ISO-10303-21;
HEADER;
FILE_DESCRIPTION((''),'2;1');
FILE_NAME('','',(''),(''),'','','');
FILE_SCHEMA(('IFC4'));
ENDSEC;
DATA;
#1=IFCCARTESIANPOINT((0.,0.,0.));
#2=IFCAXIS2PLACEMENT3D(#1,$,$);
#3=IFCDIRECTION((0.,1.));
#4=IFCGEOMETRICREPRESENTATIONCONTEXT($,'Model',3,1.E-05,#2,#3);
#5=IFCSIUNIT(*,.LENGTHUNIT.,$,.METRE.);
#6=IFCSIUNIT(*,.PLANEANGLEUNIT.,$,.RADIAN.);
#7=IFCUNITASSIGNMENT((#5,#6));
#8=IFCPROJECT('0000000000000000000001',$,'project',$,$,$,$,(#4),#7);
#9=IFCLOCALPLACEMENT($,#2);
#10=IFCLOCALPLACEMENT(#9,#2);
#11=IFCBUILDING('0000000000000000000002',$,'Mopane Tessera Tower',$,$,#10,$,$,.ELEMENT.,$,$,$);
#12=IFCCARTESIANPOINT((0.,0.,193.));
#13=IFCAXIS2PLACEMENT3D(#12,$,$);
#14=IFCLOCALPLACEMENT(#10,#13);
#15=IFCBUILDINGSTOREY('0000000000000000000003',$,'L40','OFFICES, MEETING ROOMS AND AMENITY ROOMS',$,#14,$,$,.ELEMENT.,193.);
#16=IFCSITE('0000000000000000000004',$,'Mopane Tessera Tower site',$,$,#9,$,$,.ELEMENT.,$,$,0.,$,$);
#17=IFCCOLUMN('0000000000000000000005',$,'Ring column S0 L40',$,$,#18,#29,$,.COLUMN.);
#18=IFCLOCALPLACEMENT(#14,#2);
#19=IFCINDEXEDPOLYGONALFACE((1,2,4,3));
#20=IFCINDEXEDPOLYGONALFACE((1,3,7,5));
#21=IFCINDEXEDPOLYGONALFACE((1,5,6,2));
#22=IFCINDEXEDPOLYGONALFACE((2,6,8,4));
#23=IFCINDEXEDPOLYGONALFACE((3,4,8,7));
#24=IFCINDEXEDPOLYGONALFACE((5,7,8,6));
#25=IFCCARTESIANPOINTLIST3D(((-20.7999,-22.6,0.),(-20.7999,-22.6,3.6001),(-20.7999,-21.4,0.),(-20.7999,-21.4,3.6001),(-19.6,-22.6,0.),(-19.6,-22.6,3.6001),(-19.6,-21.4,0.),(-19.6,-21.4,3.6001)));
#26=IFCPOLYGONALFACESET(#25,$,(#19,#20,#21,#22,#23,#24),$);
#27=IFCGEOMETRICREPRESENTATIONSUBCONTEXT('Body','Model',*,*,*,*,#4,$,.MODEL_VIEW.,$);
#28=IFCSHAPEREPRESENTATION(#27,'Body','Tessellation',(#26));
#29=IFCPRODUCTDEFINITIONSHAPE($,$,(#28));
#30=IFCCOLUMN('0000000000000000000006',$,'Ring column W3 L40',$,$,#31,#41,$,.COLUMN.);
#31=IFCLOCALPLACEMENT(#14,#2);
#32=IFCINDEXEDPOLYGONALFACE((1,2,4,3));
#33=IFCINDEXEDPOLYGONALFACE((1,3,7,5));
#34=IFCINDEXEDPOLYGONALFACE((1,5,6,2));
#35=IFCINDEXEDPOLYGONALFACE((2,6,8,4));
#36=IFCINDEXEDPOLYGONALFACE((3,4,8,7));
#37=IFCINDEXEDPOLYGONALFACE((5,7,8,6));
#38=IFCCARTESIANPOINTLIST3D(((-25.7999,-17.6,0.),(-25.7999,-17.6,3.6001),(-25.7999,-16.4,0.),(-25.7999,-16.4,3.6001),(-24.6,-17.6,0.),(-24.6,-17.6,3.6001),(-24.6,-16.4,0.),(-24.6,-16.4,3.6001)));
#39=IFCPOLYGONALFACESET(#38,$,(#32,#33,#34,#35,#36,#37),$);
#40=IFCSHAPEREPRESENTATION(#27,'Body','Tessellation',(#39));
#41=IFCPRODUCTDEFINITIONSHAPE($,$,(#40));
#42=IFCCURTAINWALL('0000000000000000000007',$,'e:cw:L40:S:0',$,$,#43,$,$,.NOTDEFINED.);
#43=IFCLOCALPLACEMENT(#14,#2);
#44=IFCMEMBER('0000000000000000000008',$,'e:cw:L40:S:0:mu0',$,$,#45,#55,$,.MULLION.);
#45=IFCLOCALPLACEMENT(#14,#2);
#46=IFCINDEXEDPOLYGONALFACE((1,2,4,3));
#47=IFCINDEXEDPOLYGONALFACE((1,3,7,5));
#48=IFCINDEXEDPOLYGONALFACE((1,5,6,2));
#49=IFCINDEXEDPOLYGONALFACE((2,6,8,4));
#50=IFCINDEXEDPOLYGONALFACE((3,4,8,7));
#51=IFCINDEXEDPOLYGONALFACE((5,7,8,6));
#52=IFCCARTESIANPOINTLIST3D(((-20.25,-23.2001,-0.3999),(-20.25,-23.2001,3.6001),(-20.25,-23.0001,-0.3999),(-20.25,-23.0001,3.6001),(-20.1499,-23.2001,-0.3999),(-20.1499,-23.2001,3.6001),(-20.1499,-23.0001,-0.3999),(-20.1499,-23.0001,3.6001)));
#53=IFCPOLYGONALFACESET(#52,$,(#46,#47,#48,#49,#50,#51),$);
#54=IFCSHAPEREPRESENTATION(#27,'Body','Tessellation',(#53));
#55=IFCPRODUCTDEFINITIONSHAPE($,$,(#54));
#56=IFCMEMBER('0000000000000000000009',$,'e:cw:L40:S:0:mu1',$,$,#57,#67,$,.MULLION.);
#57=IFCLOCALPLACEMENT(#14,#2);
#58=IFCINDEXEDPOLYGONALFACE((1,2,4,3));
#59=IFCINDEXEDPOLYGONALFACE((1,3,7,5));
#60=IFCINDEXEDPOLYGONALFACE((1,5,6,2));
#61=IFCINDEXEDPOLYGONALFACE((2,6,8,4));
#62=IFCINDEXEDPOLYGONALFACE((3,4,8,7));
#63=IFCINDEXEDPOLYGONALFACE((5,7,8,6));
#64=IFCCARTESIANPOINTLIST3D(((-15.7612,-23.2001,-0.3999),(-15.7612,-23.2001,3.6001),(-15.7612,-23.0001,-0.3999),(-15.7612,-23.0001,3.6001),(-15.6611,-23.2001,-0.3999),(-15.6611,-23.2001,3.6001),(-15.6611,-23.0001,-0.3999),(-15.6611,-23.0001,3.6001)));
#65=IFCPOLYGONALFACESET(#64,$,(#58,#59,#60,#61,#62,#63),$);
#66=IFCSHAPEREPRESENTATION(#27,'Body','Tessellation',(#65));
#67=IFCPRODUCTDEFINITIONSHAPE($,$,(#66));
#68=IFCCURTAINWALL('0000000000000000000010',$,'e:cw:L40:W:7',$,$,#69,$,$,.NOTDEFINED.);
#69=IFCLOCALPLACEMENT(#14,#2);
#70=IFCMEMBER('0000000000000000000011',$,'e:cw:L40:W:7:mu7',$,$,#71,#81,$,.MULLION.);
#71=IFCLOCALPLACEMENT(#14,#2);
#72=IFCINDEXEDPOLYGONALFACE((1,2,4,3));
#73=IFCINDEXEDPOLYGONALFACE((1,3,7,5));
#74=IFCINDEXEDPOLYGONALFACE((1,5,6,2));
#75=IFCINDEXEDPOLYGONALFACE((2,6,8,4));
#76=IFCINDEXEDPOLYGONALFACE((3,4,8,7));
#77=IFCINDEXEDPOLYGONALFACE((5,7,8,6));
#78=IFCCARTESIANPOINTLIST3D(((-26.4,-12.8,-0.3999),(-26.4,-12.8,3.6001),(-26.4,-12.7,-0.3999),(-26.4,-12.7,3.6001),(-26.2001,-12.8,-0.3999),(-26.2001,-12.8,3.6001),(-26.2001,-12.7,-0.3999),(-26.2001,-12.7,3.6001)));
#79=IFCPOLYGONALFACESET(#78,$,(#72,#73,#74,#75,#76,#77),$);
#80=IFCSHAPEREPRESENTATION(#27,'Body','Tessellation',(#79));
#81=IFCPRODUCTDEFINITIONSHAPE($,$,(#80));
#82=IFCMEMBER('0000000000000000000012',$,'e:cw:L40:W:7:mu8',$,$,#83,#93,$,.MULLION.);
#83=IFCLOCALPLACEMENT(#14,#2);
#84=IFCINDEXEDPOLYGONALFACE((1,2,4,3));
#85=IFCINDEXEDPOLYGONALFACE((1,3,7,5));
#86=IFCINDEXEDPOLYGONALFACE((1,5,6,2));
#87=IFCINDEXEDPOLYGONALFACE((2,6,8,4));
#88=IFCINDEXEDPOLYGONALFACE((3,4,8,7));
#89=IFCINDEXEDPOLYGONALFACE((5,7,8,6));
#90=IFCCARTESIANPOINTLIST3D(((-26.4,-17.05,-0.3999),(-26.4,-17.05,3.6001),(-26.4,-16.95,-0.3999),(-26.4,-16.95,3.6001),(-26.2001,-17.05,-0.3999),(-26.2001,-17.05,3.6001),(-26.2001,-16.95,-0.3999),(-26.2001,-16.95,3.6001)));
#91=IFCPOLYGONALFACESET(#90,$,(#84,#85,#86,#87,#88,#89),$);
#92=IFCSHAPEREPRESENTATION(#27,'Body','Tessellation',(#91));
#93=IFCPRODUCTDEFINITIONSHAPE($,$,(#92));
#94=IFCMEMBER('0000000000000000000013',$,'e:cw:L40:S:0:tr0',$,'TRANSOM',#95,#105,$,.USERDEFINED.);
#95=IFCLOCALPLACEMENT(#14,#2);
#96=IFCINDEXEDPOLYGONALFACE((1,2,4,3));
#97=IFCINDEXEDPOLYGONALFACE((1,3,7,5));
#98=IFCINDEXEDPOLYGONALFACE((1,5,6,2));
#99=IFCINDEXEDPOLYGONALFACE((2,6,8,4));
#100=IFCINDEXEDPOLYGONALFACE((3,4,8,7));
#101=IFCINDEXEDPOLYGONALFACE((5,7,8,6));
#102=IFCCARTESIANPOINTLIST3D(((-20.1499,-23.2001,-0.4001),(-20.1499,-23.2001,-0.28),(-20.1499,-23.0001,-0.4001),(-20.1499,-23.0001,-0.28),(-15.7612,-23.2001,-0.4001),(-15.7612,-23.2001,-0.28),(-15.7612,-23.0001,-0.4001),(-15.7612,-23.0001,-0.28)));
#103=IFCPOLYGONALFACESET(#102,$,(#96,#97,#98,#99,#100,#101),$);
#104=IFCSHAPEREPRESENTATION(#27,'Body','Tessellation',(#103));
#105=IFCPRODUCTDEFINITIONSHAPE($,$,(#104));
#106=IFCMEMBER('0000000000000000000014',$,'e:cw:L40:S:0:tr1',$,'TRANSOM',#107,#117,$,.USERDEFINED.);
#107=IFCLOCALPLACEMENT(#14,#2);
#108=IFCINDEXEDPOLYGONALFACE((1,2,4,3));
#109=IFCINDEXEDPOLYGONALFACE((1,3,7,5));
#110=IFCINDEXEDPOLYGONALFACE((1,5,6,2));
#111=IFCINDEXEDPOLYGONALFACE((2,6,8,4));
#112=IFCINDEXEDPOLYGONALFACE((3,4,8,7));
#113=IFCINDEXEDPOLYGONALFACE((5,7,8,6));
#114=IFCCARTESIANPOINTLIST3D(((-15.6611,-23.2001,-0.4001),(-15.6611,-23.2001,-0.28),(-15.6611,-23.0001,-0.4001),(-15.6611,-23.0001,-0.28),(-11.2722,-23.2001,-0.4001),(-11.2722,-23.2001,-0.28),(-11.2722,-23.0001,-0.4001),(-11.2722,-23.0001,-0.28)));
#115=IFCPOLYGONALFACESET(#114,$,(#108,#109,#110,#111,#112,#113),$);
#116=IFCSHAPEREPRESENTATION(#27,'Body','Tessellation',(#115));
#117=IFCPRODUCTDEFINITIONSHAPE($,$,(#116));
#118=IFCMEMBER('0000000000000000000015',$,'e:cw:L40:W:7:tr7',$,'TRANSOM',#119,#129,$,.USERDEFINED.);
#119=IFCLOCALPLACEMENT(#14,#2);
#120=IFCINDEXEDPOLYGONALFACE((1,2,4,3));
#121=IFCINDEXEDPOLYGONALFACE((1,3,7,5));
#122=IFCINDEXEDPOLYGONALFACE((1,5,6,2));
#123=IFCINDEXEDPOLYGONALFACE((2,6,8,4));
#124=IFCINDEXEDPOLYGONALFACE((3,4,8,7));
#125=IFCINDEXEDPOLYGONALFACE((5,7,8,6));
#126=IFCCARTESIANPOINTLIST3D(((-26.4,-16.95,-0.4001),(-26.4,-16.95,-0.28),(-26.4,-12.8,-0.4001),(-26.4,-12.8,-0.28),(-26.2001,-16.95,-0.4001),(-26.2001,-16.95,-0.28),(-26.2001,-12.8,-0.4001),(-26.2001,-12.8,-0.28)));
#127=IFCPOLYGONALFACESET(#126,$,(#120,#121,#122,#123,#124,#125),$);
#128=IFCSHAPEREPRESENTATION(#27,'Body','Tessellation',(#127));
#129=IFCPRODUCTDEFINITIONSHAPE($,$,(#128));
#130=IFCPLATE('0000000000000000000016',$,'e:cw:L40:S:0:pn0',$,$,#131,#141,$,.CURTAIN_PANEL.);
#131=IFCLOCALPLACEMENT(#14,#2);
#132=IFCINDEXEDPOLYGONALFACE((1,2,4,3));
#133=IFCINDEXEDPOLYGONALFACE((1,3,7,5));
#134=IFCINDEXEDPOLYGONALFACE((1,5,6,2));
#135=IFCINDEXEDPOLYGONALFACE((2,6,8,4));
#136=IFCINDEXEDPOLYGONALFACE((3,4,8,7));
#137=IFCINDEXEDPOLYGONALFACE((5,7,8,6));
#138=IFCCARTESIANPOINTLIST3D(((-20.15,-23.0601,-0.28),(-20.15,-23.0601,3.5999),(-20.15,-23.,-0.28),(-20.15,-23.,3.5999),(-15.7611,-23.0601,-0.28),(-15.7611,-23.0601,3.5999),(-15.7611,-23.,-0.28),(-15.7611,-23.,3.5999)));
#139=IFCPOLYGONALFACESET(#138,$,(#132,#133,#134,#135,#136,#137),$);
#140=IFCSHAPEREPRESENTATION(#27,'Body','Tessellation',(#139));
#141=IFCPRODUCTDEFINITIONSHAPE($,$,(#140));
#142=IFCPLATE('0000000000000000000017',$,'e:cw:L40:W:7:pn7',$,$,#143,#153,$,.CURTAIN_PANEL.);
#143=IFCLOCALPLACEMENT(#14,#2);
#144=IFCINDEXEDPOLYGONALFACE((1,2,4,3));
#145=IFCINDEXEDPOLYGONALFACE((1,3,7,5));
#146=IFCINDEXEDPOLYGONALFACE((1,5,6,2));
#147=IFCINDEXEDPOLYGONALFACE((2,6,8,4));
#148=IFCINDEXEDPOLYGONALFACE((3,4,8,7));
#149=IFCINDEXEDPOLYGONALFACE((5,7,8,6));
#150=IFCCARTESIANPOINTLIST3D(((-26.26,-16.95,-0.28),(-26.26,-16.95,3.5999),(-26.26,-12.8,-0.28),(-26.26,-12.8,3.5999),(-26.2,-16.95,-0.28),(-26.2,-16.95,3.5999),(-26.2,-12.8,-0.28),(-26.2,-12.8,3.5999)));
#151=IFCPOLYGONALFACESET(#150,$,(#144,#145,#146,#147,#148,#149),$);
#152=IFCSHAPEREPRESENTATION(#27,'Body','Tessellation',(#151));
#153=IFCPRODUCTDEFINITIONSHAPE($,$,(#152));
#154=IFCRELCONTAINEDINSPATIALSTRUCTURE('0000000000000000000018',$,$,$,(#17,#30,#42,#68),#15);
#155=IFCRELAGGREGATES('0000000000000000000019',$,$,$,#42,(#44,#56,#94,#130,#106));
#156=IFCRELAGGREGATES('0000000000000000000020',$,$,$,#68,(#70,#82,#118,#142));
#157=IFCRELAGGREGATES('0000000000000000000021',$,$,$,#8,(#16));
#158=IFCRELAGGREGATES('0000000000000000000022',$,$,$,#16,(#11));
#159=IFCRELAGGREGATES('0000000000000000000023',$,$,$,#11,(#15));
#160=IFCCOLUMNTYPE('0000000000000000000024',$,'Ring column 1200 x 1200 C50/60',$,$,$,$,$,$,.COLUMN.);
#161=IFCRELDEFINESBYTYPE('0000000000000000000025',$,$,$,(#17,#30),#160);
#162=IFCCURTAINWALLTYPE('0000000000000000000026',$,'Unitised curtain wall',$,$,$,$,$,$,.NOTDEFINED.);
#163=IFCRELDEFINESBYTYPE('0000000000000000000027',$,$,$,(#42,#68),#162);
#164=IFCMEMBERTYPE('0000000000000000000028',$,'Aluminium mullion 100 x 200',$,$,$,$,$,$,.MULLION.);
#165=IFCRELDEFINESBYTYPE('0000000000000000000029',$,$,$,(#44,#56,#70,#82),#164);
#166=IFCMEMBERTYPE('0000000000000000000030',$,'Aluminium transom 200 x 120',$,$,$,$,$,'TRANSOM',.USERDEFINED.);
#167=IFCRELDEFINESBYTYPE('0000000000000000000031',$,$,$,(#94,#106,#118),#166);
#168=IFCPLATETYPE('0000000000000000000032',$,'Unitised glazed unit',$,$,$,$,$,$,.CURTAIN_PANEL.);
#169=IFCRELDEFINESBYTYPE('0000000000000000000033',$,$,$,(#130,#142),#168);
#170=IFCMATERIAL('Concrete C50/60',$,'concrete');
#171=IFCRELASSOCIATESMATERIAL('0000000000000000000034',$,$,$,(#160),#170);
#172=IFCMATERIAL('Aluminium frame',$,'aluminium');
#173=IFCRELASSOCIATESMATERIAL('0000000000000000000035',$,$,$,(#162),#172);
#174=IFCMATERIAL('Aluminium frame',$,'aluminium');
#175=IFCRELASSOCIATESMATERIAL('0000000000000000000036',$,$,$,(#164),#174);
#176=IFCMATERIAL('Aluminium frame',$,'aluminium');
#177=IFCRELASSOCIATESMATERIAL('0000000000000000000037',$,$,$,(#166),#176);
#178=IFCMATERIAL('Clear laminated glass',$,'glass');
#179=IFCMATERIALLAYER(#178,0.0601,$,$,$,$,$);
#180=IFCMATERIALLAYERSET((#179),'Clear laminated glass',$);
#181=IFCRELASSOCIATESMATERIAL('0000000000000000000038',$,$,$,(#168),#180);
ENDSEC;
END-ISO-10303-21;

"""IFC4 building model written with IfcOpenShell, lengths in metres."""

from ifc_helpers import new_model, si_unit, direction, frame, origin, origin_2d, place, context, subcontext, project, spatial, rectangle, extrude, material, layer, layer_set, material_profile, profile_set, type_object, element, aggregate, save


model = new_model("IFC4")

# Units and contexts
model_context = context("Model", 3, precision=1e-05, world=origin(), true_north=direction((0.0, 1.0)))
body_context = subcontext(model_context, "Body", "Model", "MODEL_VIEW")
ifc_project = project(units=[si_unit("LENGTHUNIT", "METRE"), si_unit("PLANEANGLEUNIT", "RADIAN")], contexts=[model_context])

# Site, building, storey
site_placement = place(None, origin())
site = spatial("IfcSite", under=ifc_project, at=site_placement, Name="Mopane Tessera Tower site", CompositionType="ELEMENT", RefElevation=0.0)
building_placement = place(site_placement, origin())
building = spatial("IfcBuilding", under=site, at=building_placement, Name="Mopane Tessera Tower", CompositionType="ELEMENT")
storey_placement = place(building_placement, frame((0.0, 0.0, 193.0)))
storey = spatial("IfcBuildingStorey", under=building, at=storey_placement, Name="L40", Description="OFFICES, MEETING ROOMS AND AMENITY ROOMS", CompositionType="ELEMENT", Elevation=193.0)

# Columns
ifc_material_1 = material(Name="Concrete C50/60", Category="concrete")
ifc_material_profile_1 = material_profile(ifc_material_1, rectangle(XDim=1.2, YDim=1.2, at=origin_2d()))
ifc_profile_set_1 = profile_set([ifc_material_profile_1], Name="Concrete C50/60")
column_type = type_object("IfcColumnType", Name="Ring column 1200 x 1200 C50/60", PredefinedType="COLUMN", material=ifc_profile_set_1)
for number, where, z_axis, x_axis, name in (
    (1, (-20.2, -22.0, 0.0), (0.0, 0.0, 1.0), (1.0, 0.0, 0.0), "Ring column S0 L40"),
    (2, (-25.2, -17.0, 0.0), (0.0, 0.0, 1.0), (1.0, 0.0, 0.0), "Ring column W3 L40"),
):
    element("IfcColumn", number, at=place(storey_placement, frame(where, z_axis=z_axis, x_axis=x_axis)), inside=storey, type_object=column_type, Name=name, PredefinedType="COLUMN", context=body_context, shape_type="SweptSolid", body=[
        extrude(rectangle(XDim=1.2, YDim=1.2, at=origin_2d()), origin(), (0.0, 0.0, 1.0), 3.6001),
    ])

# Curtain walls, members
ifc_material_2 = material(Name="Aluminium frame", Category="aluminium")
curtain_wall_type = type_object("IfcCurtainWallType", Name="Unitised curtain wall", PredefinedType="NOTDEFINED", material=ifc_material_2)
curtain_wall_1_placement = place(storey_placement, origin())
curtain_wall_1 = element("IfcCurtainWall", 3, at=curtain_wall_1_placement, inside=storey, type_object=curtain_wall_type, Name="e:cw:L40:S:0", PredefinedType="NOTDEFINED")
ifc_material_3 = material(Name="Aluminium frame", Category="aluminium")
ifc_material_profile_2 = material_profile(ifc_material_3, rectangle(XDim=0.1001, YDim=0.2, at=origin_2d()))
ifc_profile_set_2 = profile_set([ifc_material_profile_2], Name="Aluminium frame")
member_type_1 = type_object("IfcMemberType", Name="Aluminium mullion 100 x 200", PredefinedType="MULLION", material=ifc_profile_set_2)
member_1_placement = place(storey_placement, frame((-20.2, -23.1001, -0.3999), z_axis=(0.0, 0.0, 1.0), x_axis=(1.0, 0.0, 0.0)))
member_1 = element("IfcMember", 4, at=member_1_placement, type_object=member_type_1, Name="e:cw:L40:S:0:mu0", PredefinedType="MULLION", context=body_context, shape_type="SweptSolid", body=[
    extrude(rectangle(XDim=0.1001, YDim=0.2, at=origin_2d()), origin(), (0.0, 0.0, 1.0), 4.0),
])
member_2_placement = place(storey_placement, frame((-15.7112, -23.1001, -0.3999), z_axis=(0.0, 0.0, 1.0), x_axis=(1.0, 0.0, 0.0)))
member_2 = element("IfcMember", 5, at=member_2_placement, type_object=member_type_1, Name="e:cw:L40:S:0:mu1", PredefinedType="MULLION", context=body_context, shape_type="SweptSolid", body=[
    extrude(rectangle(XDim=0.1001, YDim=0.2, at=origin_2d()), origin(), (0.0, 0.0, 1.0), 4.0),
])
curtain_wall_2_placement = place(storey_placement, origin())
curtain_wall_2 = element("IfcCurtainWall", 6, at=curtain_wall_2_placement, inside=storey, type_object=curtain_wall_type, Name="e:cw:L40:W:7", PredefinedType="NOTDEFINED")
member_3_placement = place(storey_placement, frame((-26.3, -12.75, -0.3999), z_axis=(0.0, 0.0, 1.0), x_axis=(0.0, -1.0, 0.0)))
member_3 = element("IfcMember", 7, at=member_3_placement, type_object=member_type_1, Name="e:cw:L40:W:7:mu7", PredefinedType="MULLION", context=body_context, shape_type="SweptSolid", body=[
    extrude(rectangle(XDim=0.1001, YDim=0.2, at=origin_2d()), origin(), (0.0, 0.0, 1.0), 4.0),
])
member_4_placement = place(storey_placement, frame((-26.3, -17.0, -0.3999), z_axis=(0.0, 0.0, 1.0), x_axis=(0.0, -1.0, 0.0)))
member_4 = element("IfcMember", 8, at=member_4_placement, type_object=member_type_1, Name="e:cw:L40:W:7:mu8", PredefinedType="MULLION", context=body_context, shape_type="SweptSolid", body=[
    extrude(rectangle(XDim=0.1001, YDim=0.2, at=origin_2d()), origin(), (0.0, 0.0, 1.0), 4.0),
])

# Members
ifc_material_4 = material(Name="Aluminium frame", Category="aluminium")
ifc_material_profile_3 = material_profile(ifc_material_4, rectangle(XDim=0.2, YDim=0.1201, at=origin_2d()))
ifc_profile_set_3 = profile_set([ifc_material_profile_3], Name="Aluminium frame")
member_type_2 = type_object("IfcMemberType", Name="Aluminium transom 200 x 120", ElementType="TRANSOM", PredefinedType="USERDEFINED", material=ifc_profile_set_3)
member_5_placement = place(storey_placement, frame((-20.1499, -23.1001, -0.3401), z_axis=(1.0, 0.0, 0.0), x_axis=(0.0, 1.0, 0.0)))
member_5 = element("IfcMember", 9, at=member_5_placement, type_object=member_type_2, Name="e:cw:L40:S:0:tr0", ObjectType="TRANSOM", PredefinedType="USERDEFINED", context=body_context, shape_type="SweptSolid", body=[
    extrude(rectangle(XDim=0.2, YDim=0.1201, at=origin_2d()), origin(), (0.0, 0.0, 1.0), 4.3887),
])
member_6_placement = place(storey_placement, frame((-15.6611, -23.1001, -0.3401), z_axis=(1.0, 0.0, 0.0), x_axis=(0.0, 1.0, 0.0)))
member_6 = element("IfcMember", 10, at=member_6_placement, type_object=member_type_2, Name="e:cw:L40:S:0:tr1", ObjectType="TRANSOM", PredefinedType="USERDEFINED", context=body_context, shape_type="SweptSolid", body=[
    extrude(rectangle(XDim=0.2, YDim=0.1201, at=origin_2d()), origin(), (0.0, 0.0, 1.0), 4.3889),
])
member_7_placement = place(storey_placement, frame((-26.3, -12.8, -0.3401), z_axis=(0.0, -1.0, 0.0), x_axis=(1.0, 0.0, 0.0)))
member_7 = element("IfcMember", 11, at=member_7_placement, type_object=member_type_2, Name="e:cw:L40:W:7:tr7", ObjectType="TRANSOM", PredefinedType="USERDEFINED", context=body_context, shape_type="SweptSolid", body=[
    extrude(rectangle(XDim=0.2, YDim=0.1201, at=origin_2d()), origin(), (0.0, 0.0, 1.0), 4.1499),
])

# Plates
ifc_material_5 = material(Name="Clear laminated glass", Category="glass")
ifc_layer_1 = layer(ifc_material_5, 0.0601)
ifc_layer_set_1 = layer_set([ifc_layer_1], Name="Clear laminated glass")
plate_type = type_object("IfcPlateType", Name="Unitised glazed unit", PredefinedType="CURTAIN_PANEL", material=ifc_layer_set_1)
plate_1_placement = place(storey_placement, frame((-17.9556, -23.03, -0.28), z_axis=(0.0, 0.0, 1.0), x_axis=(1.0, 0.0, 0.0)))
plate_1 = element("IfcPlate", 12, at=plate_1_placement, type_object=plate_type, Name="e:cw:L40:S:0:pn0", PredefinedType="CURTAIN_PANEL", context=body_context, shape_type="SweptSolid", body=[
    extrude(rectangle(XDim=4.3889, YDim=0.0601, at=origin_2d()), origin(), (0.0, 0.0, 1.0), 3.8799),
])
aggregate(curtain_wall_1, [member_1, member_2, member_5, plate_1, member_6])
plate_2_placement = place(storey_placement, frame((-26.23, -14.875, -0.28), z_axis=(0.0, 0.0, 1.0), x_axis=(0.0, -1.0, 0.0)))
plate_2 = element("IfcPlate", 13, at=plate_2_placement, type_object=plate_type, Name="e:cw:L40:W:7:pn7", PredefinedType="CURTAIN_PANEL", context=body_context, shape_type="SweptSolid", body=[
    extrude(rectangle(XDim=4.1499, YDim=0.0601, at=origin_2d()), origin(), (0.0, 0.0, 1.0), 3.8799),
])
aggregate(curtain_wall_2, [member_3, member_4, member_7, plate_2])

save(model, "model.ifc")
